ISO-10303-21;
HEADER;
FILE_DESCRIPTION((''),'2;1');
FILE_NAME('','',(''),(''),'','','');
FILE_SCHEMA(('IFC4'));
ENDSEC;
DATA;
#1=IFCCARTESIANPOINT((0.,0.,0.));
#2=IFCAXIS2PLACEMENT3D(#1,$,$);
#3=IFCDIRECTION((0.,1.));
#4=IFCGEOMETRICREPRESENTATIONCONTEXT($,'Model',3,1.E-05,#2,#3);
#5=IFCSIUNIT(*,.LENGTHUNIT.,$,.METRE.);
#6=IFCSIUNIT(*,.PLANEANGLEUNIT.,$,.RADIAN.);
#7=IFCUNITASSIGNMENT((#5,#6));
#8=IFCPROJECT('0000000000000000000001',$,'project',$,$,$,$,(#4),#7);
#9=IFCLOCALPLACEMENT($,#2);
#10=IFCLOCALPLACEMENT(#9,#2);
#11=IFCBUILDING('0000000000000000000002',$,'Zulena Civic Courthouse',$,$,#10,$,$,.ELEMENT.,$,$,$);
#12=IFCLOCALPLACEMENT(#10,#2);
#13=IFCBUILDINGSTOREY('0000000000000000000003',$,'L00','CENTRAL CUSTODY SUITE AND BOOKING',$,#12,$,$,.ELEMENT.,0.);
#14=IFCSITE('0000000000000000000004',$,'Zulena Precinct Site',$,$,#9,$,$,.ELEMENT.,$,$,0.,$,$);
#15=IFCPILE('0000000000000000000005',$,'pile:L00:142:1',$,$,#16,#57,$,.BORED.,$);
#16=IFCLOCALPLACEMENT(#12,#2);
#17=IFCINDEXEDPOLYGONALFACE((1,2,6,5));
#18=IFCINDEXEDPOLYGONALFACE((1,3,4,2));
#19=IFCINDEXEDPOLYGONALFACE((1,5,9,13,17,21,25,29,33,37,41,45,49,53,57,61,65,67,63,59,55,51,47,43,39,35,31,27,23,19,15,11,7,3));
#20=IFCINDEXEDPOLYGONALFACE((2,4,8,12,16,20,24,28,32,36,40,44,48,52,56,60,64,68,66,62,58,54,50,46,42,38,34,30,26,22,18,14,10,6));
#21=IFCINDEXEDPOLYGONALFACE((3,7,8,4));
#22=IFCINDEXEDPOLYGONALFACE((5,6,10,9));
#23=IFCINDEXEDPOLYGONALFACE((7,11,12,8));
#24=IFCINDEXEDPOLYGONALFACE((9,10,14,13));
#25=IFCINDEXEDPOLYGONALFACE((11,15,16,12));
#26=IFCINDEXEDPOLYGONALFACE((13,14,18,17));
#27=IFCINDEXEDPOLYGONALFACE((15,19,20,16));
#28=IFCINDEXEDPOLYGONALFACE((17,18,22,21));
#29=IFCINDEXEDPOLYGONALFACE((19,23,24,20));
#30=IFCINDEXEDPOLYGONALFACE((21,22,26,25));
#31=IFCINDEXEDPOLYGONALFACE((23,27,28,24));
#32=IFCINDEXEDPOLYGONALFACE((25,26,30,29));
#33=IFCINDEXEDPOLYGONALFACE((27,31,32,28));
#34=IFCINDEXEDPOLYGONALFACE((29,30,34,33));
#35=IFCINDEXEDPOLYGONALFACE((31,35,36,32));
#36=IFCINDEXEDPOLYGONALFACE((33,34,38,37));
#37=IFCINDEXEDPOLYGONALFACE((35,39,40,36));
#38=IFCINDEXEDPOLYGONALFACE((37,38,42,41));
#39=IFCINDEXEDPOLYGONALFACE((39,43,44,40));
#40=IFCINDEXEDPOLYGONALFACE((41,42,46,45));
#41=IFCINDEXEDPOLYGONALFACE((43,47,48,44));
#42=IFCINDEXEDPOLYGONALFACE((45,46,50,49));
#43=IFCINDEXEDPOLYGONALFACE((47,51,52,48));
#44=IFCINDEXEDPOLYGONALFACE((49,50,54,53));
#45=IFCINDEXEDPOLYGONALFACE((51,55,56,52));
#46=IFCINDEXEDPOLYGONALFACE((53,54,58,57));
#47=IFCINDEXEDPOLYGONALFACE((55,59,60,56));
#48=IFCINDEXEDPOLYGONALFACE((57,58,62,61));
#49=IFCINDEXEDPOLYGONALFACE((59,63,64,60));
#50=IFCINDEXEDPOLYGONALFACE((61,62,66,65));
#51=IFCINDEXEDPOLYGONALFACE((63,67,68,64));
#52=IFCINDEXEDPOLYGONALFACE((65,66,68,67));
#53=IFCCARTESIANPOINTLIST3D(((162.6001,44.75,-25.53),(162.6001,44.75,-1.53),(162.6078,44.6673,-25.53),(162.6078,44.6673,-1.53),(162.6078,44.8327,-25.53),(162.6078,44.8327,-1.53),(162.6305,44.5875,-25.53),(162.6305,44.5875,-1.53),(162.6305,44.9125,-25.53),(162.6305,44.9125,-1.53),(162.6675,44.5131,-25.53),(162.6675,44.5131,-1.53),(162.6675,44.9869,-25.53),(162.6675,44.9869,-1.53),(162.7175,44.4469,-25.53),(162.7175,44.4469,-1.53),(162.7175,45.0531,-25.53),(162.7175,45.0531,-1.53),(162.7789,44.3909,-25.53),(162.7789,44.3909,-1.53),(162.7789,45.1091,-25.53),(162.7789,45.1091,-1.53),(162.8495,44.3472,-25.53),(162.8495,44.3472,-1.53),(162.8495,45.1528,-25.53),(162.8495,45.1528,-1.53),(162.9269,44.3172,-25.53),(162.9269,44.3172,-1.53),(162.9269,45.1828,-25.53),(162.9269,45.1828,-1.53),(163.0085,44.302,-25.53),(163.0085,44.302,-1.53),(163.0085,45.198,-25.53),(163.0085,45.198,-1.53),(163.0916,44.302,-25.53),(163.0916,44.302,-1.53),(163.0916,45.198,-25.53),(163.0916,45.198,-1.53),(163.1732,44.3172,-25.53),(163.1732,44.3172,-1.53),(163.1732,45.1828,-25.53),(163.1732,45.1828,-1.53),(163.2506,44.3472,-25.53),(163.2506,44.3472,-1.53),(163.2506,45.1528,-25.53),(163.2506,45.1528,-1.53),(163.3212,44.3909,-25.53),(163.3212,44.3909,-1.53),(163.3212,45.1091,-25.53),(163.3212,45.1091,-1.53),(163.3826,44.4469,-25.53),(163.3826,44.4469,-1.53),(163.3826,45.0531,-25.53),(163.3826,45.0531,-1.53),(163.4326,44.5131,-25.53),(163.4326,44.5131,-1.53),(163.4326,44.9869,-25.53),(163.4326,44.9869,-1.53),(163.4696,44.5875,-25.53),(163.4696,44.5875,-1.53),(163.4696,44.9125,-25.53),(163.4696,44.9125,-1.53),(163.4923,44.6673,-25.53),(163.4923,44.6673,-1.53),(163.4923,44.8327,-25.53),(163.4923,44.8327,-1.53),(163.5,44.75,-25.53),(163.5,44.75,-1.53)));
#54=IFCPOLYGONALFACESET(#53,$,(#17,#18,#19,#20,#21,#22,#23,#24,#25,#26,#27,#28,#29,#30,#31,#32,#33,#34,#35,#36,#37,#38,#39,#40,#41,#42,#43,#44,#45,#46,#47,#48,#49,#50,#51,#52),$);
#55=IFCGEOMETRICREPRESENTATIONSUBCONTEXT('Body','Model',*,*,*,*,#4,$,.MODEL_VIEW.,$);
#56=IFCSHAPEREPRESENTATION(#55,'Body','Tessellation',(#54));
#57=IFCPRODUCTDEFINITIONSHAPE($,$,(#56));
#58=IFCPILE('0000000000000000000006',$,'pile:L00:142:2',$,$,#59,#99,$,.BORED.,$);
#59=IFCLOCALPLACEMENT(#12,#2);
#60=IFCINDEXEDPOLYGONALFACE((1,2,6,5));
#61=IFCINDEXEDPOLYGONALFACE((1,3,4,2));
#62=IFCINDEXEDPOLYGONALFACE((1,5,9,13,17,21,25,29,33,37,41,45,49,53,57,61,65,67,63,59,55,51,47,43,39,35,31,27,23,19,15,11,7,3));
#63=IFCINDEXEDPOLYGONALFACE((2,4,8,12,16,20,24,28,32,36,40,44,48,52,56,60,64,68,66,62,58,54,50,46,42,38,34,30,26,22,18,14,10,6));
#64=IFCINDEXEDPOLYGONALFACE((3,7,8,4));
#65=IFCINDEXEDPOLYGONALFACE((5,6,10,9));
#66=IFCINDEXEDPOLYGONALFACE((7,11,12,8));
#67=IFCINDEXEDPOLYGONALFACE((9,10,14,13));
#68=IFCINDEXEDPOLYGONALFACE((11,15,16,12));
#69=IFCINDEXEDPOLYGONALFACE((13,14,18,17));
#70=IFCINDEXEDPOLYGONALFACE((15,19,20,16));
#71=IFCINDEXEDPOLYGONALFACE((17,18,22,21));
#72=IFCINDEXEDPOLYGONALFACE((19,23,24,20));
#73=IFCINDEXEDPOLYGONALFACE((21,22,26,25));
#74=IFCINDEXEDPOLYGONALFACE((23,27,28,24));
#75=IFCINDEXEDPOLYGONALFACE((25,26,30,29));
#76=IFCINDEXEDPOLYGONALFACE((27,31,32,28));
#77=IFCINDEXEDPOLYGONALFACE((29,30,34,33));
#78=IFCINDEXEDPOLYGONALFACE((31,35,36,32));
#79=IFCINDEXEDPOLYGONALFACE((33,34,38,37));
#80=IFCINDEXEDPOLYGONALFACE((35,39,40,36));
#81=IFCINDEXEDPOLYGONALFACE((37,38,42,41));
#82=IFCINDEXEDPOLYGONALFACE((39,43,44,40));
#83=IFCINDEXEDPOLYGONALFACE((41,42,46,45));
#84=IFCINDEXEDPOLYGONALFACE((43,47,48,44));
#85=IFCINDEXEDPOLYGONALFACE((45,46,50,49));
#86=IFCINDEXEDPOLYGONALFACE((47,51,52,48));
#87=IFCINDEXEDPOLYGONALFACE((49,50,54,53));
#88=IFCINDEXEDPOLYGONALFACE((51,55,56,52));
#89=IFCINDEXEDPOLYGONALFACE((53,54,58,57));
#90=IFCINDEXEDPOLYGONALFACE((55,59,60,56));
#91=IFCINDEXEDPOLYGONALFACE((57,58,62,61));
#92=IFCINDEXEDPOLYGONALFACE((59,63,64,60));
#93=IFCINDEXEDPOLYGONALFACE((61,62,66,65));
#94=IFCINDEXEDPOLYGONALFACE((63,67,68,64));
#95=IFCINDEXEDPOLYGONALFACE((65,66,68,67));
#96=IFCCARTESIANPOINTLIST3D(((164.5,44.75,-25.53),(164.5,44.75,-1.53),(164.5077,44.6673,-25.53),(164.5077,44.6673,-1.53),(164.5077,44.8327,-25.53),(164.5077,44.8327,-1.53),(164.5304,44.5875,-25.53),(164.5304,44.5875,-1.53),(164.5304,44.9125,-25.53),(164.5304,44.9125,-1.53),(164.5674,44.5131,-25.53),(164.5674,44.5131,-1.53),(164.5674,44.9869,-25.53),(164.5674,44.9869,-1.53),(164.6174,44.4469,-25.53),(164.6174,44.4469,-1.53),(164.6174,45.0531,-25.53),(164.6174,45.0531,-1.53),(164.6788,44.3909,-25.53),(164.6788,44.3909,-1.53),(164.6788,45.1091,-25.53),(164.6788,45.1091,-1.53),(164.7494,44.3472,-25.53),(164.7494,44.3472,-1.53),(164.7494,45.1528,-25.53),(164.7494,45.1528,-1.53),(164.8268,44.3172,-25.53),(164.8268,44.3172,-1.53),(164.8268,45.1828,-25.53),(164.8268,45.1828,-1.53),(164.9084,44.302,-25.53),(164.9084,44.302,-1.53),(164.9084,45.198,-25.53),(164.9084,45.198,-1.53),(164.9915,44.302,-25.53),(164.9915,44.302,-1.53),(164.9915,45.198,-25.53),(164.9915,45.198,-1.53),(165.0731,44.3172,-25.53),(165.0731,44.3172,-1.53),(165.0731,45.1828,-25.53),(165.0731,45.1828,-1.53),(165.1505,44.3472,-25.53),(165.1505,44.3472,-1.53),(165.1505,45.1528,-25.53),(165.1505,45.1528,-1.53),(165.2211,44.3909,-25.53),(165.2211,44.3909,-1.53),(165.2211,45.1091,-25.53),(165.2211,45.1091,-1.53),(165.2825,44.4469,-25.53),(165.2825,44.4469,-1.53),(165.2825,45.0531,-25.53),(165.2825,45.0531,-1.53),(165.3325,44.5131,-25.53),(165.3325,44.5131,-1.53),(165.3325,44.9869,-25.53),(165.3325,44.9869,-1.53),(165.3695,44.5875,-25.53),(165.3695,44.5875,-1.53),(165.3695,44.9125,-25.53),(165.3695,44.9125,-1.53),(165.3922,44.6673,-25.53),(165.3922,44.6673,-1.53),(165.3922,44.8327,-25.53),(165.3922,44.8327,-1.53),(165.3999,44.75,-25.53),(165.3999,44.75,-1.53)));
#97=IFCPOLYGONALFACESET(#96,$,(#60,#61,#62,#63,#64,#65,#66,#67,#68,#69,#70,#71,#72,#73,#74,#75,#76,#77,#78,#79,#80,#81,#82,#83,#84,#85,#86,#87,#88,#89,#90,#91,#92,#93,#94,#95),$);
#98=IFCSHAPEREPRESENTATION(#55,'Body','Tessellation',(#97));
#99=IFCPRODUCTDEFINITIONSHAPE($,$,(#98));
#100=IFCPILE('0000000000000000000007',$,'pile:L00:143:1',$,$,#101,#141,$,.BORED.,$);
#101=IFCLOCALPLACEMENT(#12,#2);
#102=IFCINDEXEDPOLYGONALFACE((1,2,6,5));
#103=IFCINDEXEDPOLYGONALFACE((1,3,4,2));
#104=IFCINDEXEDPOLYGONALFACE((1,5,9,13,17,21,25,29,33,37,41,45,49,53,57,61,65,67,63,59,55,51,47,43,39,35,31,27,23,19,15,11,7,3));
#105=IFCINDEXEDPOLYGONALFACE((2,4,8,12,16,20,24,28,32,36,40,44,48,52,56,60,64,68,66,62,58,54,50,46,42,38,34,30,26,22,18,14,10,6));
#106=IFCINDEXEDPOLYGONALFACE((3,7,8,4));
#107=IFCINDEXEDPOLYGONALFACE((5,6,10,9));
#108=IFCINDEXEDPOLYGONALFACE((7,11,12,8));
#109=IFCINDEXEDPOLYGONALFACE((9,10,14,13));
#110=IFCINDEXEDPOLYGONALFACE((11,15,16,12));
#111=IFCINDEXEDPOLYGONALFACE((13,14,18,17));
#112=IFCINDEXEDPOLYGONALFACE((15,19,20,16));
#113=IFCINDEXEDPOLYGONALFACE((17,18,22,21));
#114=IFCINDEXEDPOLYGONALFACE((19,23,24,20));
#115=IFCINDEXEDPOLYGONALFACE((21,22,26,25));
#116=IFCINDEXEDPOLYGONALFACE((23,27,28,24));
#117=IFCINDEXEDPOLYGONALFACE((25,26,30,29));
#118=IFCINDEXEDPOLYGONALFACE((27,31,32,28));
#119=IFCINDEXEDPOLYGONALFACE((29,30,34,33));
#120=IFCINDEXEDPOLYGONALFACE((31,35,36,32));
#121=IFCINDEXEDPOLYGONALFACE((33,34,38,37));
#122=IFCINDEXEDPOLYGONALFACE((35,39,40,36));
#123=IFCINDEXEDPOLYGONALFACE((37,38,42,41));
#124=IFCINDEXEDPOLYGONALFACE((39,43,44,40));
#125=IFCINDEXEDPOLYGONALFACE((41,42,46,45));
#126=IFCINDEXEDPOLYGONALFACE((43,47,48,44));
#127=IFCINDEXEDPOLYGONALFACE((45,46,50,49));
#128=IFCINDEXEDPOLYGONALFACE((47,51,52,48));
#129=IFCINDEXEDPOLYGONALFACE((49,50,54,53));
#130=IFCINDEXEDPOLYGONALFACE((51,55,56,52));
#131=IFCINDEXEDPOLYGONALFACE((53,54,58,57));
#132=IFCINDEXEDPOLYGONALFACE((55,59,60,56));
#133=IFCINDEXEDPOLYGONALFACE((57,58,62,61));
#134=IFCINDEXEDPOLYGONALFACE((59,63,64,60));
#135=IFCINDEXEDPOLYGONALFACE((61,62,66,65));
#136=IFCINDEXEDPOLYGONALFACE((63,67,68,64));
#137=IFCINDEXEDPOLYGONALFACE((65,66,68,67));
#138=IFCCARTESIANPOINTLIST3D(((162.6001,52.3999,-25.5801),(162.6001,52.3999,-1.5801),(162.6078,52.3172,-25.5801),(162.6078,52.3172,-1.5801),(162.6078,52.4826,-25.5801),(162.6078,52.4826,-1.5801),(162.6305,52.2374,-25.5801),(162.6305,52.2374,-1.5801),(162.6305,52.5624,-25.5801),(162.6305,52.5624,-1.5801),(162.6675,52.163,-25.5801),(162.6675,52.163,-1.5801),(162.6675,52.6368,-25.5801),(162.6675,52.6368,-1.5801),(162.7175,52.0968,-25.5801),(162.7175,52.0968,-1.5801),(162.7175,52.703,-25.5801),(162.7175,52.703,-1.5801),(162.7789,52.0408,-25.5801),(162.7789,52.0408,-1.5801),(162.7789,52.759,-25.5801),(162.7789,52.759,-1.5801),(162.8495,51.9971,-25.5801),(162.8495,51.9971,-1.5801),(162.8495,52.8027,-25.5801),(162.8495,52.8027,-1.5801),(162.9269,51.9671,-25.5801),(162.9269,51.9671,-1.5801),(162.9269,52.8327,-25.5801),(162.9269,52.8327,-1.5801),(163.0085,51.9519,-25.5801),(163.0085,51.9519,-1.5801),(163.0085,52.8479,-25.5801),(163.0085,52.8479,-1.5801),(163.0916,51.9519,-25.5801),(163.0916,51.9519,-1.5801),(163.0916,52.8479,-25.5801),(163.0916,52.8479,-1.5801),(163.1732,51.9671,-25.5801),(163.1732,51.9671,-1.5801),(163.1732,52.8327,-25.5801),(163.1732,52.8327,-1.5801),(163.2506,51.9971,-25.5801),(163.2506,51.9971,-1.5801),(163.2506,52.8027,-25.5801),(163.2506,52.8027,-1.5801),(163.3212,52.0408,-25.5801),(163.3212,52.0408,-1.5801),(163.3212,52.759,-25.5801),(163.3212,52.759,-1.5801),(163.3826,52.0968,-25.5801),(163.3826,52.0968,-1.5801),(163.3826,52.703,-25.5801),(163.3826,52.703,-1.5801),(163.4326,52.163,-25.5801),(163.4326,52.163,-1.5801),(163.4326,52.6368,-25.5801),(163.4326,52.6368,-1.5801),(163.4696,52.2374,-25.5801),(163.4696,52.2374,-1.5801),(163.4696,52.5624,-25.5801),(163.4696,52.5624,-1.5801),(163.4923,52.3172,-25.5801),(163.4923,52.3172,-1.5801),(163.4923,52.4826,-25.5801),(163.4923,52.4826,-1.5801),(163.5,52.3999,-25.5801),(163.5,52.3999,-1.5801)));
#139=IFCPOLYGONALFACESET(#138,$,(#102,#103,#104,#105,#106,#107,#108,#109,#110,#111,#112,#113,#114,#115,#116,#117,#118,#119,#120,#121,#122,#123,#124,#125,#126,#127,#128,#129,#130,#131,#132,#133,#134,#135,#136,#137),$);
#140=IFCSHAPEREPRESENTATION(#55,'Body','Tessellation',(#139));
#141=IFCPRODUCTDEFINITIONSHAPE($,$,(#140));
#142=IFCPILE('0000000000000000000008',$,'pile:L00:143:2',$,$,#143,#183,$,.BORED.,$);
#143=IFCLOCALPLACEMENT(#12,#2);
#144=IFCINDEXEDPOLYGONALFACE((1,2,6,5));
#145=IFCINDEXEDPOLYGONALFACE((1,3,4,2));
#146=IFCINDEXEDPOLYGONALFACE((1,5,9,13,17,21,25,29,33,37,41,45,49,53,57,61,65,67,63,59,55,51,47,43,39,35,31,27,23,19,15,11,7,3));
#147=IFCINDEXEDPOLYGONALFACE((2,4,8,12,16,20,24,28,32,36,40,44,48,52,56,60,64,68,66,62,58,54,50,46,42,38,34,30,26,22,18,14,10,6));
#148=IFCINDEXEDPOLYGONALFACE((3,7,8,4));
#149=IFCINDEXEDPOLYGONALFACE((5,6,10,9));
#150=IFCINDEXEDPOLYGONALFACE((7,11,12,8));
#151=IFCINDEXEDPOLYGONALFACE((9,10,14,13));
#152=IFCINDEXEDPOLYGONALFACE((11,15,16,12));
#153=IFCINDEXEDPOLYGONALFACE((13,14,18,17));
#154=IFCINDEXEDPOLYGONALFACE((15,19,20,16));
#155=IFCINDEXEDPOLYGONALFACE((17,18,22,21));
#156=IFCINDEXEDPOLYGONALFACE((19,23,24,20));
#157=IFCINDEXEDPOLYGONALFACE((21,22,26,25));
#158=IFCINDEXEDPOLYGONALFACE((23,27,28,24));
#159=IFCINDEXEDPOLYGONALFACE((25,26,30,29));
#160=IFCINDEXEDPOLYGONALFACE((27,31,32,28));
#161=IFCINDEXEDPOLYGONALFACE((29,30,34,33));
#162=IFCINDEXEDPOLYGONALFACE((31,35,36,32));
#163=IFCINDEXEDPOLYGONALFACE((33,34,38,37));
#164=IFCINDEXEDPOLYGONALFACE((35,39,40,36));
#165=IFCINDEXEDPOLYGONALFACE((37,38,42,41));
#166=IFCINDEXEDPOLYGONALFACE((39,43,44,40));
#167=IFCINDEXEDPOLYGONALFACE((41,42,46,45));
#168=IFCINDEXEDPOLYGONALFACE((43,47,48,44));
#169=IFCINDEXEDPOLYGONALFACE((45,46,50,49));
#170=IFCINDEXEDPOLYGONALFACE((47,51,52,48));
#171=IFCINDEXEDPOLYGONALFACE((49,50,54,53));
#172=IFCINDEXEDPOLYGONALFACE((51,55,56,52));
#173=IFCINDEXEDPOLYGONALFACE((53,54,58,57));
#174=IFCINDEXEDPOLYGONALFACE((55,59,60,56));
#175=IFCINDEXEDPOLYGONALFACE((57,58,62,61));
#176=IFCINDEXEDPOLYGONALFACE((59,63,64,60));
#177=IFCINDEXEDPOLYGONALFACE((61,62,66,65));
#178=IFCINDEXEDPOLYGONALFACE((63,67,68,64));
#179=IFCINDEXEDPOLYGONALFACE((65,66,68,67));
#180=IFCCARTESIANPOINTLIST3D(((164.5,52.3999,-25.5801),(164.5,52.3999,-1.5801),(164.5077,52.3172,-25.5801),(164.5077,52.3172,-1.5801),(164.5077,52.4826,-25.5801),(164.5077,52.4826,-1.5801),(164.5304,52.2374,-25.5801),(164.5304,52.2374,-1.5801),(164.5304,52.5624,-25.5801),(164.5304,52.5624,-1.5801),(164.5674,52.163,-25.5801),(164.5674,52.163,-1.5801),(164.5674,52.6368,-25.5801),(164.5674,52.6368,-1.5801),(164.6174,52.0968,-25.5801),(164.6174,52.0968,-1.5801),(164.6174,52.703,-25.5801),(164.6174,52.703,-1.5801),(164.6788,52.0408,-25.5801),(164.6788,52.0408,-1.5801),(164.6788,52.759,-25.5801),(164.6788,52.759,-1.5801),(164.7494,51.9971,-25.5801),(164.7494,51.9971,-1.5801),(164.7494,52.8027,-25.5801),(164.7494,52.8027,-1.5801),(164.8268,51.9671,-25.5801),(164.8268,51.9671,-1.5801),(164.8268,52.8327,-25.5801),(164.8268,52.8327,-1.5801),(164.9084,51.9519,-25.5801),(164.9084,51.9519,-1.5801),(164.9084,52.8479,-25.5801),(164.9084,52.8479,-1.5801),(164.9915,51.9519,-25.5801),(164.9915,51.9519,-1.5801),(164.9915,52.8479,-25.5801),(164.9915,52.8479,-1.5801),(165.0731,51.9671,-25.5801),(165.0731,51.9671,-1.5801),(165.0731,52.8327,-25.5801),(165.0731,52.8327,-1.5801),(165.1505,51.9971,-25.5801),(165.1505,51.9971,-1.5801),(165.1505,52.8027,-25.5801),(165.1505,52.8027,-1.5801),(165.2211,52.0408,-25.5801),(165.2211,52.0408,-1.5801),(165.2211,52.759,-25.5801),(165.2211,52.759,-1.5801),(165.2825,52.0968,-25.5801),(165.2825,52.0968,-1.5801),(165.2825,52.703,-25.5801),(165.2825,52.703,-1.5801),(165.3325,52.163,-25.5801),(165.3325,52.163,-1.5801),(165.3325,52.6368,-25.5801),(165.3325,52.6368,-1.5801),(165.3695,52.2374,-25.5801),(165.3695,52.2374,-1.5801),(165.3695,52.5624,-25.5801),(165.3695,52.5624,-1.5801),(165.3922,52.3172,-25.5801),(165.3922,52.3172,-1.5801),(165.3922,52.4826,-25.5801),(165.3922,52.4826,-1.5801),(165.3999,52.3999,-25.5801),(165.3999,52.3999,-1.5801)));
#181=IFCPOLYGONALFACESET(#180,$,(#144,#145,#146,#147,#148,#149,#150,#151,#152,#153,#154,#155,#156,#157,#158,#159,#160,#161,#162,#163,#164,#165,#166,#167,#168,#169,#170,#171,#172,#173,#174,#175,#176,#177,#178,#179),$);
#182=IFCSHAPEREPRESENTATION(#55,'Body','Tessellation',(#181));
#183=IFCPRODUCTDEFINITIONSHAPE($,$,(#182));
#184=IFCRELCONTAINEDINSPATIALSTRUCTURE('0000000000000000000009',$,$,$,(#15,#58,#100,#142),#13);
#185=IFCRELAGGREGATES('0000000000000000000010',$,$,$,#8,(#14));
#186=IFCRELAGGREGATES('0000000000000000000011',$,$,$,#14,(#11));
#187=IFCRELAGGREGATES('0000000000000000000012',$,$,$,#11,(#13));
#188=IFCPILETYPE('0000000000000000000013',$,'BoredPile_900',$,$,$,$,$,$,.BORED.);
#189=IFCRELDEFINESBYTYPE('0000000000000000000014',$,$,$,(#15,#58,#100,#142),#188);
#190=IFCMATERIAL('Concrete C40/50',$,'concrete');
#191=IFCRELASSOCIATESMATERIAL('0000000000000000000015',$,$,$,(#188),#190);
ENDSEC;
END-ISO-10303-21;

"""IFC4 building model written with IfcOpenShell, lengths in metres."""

from ifc_helpers import new_model, si_unit, direction, frame, origin, origin_2d, place, context, subcontext, project, spatial, circle, extrude, material, material_profile, profile_set, type_object, element, save


model = new_model("IFC4")

# Units and contexts
model_context = context("Model", 3, precision=1e-05, world=origin(), true_north=direction((0.0, 1.0)))
body_context = subcontext(model_context, "Body", "Model", "MODEL_VIEW")
ifc_project = project(units=[si_unit("LENGTHUNIT", "METRE"), si_unit("PLANEANGLEUNIT", "RADIAN")], contexts=[model_context])

# Site, building, storey
site_placement = place(None, origin())
site = spatial("IfcSite", under=ifc_project, at=site_placement, Name="Zulena Precinct Site", CompositionType="ELEMENT", RefElevation=0.0)
building_placement = place(site_placement, origin())
building = spatial("IfcBuilding", under=site, at=building_placement, Name="Zulena Civic Courthouse", CompositionType="ELEMENT")
storey_placement = place(building_placement, origin())
storey = spatial("IfcBuildingStorey", under=building, at=storey_placement, Name="L00", Description="CENTRAL CUSTODY SUITE AND BOOKING", CompositionType="ELEMENT", Elevation=0.0)

# Piles
ifc_material_1 = material(Name="Concrete C40/50", Category="concrete")
ifc_material_profile_1 = material_profile(ifc_material_1, circle(Radius=0.45, at=origin_2d()), Name="PILE900")
ifc_profile_set_1 = profile_set([ifc_material_profile_1], Name="Concrete C40/50")
pile_type = type_object("IfcPileType", Name="BoredPile_900", PredefinedType="BORED", material=ifc_profile_set_1)
for number, where, z_axis, x_axis, name in (
    (1, (163.05, 44.75, -1.53), (0.0, 0.0, -1.0), (1.0, 0.0, 0.0), "pile:L00:142:1"),
    (2, (164.95, 44.75, -1.53), (0.0, 0.0, -1.0), (1.0, 0.0, 0.0), "pile:L00:142:2"),
    (3, (163.05, 52.3999, -1.5801), (0.0, 0.0, -1.0), (1.0, 0.0, 0.0), "pile:L00:143:1"),
    (4, (164.95, 52.3999, -1.5801), (0.0, 0.0, -1.0), (1.0, 0.0, 0.0), "pile:L00:143:2"),
):
    element("IfcPile", number, at=place(storey_placement, frame(where, z_axis=z_axis, x_axis=x_axis)), inside=storey, type_object=pile_type, Name=name, PredefinedType="BORED", context=body_context, shape_type="SweptSolid", body=[
        extrude(circle(Radius=0.45, at=origin_2d()), origin(), (0.0, 0.0, 1.0), 24.0),
    ])

save(model, "model.ifc")
